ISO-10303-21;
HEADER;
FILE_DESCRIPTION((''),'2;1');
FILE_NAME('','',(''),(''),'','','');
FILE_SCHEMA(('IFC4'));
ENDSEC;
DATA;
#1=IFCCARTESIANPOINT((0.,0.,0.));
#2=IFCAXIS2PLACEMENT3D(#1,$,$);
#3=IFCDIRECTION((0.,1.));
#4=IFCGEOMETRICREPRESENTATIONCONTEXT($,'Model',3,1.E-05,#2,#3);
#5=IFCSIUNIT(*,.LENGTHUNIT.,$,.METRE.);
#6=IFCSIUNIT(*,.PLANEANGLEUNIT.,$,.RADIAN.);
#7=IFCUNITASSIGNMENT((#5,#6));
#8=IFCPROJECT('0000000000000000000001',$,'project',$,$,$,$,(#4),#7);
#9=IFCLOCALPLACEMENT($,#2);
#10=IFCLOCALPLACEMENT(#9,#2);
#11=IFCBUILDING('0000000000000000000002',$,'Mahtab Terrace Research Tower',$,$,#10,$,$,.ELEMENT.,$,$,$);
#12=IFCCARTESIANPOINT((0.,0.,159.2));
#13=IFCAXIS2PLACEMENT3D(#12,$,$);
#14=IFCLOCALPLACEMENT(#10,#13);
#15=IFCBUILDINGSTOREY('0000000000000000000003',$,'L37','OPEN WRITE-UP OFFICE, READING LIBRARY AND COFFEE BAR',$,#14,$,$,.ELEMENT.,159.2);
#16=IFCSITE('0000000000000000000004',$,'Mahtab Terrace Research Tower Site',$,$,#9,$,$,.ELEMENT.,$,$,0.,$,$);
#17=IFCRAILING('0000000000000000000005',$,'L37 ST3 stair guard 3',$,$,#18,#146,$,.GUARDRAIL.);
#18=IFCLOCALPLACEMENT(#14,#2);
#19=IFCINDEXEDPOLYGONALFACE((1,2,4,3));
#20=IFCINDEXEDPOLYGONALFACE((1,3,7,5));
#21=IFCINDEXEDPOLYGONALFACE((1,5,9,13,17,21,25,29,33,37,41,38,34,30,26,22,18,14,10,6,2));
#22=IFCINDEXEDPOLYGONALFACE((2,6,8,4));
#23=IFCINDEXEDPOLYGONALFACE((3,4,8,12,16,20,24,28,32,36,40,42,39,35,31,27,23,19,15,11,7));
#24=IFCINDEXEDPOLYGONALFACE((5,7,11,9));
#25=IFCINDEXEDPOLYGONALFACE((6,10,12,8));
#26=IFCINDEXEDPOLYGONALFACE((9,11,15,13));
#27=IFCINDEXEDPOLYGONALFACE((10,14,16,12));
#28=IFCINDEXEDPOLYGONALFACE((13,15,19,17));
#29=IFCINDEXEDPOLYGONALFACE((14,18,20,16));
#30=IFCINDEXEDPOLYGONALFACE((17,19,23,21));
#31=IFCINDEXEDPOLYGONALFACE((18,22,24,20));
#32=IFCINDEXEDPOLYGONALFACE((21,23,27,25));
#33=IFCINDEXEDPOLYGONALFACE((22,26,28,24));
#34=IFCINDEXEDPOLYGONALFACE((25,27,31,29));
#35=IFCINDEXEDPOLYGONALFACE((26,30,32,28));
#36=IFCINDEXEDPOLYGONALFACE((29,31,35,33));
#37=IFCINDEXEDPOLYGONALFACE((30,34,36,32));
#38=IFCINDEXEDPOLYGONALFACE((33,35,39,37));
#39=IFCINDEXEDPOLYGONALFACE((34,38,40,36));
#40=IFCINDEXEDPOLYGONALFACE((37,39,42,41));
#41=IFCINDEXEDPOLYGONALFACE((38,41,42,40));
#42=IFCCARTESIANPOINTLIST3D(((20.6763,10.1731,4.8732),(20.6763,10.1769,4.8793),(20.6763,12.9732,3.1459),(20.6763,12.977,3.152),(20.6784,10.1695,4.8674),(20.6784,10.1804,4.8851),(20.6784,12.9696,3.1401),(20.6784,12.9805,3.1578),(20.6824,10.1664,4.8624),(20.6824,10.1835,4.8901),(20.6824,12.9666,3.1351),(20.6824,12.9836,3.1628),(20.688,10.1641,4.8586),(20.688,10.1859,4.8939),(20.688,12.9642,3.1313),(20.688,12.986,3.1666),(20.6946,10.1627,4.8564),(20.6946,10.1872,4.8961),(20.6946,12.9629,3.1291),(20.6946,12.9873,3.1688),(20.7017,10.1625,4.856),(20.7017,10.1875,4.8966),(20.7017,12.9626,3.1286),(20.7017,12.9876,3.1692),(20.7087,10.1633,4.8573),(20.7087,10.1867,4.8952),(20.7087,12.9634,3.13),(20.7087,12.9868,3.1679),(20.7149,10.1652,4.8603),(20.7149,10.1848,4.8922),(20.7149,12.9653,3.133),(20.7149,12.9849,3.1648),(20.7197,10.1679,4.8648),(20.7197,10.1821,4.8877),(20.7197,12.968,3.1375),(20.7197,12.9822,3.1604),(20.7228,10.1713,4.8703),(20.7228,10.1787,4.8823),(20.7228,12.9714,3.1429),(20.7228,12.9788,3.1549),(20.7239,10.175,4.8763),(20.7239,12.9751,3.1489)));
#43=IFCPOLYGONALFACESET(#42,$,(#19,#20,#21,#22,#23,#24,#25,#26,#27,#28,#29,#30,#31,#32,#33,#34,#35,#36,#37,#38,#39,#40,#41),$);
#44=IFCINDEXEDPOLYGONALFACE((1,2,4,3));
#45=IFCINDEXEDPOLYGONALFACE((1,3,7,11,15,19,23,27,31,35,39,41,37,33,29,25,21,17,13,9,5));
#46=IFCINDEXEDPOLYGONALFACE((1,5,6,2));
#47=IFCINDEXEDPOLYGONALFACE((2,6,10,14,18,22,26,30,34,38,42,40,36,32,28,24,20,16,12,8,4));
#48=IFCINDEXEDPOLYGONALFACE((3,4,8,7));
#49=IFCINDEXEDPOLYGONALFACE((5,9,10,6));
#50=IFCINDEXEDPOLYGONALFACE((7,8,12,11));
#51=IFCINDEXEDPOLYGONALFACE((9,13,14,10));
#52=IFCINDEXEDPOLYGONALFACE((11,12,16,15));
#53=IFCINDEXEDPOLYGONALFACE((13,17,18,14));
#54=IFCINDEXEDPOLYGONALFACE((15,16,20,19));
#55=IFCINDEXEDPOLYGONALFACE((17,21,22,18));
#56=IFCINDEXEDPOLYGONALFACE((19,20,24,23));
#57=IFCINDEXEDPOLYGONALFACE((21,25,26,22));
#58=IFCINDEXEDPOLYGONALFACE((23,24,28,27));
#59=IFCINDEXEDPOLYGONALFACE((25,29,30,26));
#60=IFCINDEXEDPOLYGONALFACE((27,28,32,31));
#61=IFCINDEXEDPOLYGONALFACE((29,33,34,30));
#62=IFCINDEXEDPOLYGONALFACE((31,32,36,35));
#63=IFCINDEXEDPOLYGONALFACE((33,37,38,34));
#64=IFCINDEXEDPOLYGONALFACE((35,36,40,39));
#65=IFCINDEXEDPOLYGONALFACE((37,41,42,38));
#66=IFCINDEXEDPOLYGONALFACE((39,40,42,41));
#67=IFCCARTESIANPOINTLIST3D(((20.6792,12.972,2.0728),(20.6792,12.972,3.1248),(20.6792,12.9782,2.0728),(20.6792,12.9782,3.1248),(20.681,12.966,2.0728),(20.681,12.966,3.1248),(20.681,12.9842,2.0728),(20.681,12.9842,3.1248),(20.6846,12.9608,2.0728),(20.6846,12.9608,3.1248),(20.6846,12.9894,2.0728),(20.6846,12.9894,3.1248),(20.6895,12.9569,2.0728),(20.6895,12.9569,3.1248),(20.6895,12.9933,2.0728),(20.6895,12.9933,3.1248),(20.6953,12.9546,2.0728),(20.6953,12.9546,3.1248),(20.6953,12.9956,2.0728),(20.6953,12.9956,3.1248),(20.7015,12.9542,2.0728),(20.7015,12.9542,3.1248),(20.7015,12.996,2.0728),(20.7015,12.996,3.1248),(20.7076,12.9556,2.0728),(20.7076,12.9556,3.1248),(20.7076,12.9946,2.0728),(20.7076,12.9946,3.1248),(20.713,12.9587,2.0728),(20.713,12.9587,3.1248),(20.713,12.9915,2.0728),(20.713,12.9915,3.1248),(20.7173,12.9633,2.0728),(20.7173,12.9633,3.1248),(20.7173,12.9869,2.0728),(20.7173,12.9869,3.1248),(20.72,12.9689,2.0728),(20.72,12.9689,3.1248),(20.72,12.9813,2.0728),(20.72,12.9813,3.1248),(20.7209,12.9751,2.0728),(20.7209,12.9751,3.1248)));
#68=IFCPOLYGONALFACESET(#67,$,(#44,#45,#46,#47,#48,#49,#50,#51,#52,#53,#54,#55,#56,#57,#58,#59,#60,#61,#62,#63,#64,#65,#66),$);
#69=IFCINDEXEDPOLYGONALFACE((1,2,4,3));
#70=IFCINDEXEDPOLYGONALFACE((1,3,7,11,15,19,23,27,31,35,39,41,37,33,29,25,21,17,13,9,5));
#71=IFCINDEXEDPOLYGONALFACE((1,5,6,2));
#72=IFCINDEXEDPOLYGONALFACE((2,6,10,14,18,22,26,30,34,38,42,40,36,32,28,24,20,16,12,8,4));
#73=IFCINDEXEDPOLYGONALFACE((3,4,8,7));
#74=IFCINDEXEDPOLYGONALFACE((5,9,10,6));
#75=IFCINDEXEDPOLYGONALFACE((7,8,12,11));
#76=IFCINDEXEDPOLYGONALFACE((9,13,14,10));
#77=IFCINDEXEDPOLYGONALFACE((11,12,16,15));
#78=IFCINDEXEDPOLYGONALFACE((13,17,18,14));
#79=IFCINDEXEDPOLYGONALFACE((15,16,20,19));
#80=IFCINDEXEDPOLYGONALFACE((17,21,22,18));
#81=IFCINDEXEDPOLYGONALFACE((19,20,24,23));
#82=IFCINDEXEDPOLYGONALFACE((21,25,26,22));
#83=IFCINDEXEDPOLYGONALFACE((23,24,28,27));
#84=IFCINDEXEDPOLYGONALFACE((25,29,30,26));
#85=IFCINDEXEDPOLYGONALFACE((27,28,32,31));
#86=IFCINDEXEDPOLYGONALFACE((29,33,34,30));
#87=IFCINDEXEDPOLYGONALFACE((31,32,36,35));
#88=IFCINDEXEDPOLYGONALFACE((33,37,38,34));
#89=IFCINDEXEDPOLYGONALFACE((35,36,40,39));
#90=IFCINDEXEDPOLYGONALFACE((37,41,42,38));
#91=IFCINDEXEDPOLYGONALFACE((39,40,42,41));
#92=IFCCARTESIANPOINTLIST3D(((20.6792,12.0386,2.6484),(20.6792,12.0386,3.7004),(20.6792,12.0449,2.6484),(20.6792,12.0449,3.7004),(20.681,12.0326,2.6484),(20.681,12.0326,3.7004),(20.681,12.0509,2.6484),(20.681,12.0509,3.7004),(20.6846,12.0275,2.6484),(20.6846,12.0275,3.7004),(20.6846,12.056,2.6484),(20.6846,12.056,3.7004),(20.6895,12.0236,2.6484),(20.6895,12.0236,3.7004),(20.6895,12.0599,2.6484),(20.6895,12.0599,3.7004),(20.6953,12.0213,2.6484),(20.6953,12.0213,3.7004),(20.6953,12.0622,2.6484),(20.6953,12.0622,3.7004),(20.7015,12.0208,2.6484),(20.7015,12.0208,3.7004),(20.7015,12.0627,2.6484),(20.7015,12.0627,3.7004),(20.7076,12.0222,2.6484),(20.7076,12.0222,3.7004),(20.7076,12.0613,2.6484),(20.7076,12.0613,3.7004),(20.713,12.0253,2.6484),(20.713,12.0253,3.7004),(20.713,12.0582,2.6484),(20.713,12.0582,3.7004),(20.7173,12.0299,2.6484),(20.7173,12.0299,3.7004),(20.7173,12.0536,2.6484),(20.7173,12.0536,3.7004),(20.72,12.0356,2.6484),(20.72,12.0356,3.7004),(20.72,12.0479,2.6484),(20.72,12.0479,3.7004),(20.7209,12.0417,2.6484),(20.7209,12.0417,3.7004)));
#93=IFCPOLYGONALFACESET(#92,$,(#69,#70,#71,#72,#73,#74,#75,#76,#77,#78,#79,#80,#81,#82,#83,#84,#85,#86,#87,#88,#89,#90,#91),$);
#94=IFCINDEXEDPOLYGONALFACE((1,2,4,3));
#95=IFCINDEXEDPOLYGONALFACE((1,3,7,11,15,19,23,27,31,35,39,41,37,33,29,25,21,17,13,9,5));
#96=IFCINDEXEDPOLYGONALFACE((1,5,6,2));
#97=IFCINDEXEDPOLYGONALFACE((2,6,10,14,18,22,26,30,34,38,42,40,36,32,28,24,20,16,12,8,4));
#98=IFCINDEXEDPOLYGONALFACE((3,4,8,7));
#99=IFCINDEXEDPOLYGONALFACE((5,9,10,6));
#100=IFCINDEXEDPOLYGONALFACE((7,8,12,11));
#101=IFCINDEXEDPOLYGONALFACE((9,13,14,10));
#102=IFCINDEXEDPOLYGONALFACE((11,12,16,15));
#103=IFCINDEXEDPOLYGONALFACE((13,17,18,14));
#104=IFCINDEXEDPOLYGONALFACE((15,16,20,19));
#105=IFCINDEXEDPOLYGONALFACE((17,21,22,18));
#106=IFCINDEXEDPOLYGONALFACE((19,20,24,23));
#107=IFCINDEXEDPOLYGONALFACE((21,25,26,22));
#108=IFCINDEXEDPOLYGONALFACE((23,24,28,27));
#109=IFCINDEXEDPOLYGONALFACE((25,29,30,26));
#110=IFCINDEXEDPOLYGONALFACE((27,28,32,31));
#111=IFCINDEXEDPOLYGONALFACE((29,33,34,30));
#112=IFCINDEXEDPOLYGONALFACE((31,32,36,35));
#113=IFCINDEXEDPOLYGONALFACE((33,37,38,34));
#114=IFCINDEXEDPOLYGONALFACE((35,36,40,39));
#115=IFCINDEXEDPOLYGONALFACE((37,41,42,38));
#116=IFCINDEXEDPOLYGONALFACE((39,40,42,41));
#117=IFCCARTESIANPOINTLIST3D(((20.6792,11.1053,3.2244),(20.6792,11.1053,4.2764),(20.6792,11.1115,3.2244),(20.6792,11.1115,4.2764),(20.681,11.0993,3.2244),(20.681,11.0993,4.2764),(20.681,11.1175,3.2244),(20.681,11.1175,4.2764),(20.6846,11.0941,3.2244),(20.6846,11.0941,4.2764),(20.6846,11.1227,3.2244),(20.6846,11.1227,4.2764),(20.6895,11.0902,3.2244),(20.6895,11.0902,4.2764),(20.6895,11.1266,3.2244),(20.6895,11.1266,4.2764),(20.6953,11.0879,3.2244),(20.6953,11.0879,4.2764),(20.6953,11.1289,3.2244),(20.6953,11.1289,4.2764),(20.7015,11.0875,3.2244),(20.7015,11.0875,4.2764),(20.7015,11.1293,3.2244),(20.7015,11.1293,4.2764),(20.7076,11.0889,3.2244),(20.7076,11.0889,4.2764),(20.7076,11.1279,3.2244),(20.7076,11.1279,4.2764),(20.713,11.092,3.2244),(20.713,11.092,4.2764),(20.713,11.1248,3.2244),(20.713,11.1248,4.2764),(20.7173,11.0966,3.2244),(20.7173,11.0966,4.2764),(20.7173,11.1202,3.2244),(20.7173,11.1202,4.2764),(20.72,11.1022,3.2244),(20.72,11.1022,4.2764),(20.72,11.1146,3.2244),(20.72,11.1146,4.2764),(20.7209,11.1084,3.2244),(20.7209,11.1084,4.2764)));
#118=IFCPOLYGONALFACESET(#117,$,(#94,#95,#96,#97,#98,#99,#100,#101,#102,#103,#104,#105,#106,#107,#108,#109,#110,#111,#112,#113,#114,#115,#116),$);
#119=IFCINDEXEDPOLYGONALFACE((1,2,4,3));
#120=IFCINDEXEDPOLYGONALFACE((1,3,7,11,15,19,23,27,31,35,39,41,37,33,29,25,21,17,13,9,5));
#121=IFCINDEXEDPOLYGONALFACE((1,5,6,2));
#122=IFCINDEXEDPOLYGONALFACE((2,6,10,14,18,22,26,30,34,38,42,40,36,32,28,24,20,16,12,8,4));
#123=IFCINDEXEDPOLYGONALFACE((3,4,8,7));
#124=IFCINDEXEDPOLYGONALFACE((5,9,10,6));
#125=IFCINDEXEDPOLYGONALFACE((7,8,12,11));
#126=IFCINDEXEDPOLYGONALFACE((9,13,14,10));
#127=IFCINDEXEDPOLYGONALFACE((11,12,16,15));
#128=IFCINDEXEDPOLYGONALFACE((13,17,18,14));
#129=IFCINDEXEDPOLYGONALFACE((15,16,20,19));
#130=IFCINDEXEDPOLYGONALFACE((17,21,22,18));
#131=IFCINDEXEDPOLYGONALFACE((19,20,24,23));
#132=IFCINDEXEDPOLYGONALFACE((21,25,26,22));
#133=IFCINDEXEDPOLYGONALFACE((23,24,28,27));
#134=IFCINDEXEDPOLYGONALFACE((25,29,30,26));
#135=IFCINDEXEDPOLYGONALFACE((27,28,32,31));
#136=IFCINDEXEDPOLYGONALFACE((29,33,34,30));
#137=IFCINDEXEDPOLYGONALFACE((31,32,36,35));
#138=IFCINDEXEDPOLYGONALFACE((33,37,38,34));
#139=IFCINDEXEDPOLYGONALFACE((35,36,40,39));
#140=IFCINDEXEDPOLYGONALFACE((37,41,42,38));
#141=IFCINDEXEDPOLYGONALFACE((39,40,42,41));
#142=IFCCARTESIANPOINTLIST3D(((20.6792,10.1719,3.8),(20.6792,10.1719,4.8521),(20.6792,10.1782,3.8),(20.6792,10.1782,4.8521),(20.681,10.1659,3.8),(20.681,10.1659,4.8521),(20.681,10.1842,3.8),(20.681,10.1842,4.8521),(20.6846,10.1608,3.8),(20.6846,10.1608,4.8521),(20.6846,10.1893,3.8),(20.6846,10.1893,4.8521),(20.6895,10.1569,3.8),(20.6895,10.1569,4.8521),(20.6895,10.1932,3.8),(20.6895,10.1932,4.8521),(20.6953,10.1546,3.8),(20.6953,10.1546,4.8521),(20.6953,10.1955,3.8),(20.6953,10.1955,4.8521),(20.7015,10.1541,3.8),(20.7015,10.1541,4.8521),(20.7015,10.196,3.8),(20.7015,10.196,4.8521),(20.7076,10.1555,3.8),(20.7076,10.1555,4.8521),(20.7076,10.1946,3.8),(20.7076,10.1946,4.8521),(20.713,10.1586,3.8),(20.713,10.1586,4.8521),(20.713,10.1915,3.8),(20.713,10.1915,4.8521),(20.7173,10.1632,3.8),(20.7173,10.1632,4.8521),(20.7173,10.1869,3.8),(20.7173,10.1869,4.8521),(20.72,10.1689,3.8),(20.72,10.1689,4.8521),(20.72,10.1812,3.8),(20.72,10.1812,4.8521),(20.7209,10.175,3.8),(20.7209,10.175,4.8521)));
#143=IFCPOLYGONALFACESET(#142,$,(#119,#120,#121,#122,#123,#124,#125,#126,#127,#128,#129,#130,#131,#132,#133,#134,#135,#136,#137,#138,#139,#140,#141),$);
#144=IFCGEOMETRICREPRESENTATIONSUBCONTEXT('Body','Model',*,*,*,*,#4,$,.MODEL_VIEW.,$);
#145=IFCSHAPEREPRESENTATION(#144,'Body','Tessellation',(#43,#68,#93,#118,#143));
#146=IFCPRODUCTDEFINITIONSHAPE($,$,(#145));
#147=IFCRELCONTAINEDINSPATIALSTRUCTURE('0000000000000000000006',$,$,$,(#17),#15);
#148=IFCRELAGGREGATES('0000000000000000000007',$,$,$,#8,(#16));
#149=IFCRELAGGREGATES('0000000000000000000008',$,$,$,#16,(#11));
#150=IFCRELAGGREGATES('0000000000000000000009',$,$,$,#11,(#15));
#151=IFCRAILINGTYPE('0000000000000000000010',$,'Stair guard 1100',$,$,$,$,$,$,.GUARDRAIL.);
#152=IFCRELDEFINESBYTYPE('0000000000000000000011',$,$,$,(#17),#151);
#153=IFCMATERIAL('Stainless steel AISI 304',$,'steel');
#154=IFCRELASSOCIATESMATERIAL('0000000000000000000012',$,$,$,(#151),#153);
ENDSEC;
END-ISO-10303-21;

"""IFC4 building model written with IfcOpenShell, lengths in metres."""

from ifc_helpers import new_model, si_unit, direction, frame, origin, origin_2d, place, context, subcontext, project, spatial, circle, extrude, material, type_object, element, save


model = new_model("IFC4")

# Units and contexts
model_context = context("Model", 3, precision=1e-05, world=origin(), true_north=direction((0.0, 1.0)))
body_context = subcontext(model_context, "Body", "Model", "MODEL_VIEW")
ifc_project = project(units=[si_unit("LENGTHUNIT", "METRE"), si_unit("PLANEANGLEUNIT", "RADIAN")], contexts=[model_context])

# Site, building, storey
site_placement = place(None, origin())
site = spatial("IfcSite", under=ifc_project, at=site_placement, Name="Mahtab Terrace Research Tower Site", CompositionType="ELEMENT", RefElevation=0.0)
building_placement = place(site_placement, origin())
building = spatial("IfcBuilding", under=site, at=building_placement, Name="Mahtab Terrace Research Tower", CompositionType="ELEMENT")
storey_placement = place(building_placement, frame((0.0, 0.0, 159.2)))
storey = spatial("IfcBuildingStorey", under=building, at=storey_placement, Name="L37", Description="OPEN WRITE-UP OFFICE, READING LIBRARY AND COFFEE BAR", CompositionType="ELEMENT", Elevation=159.2)

# Railing
ifc_material_1 = material(Name="Stainless steel AISI 304", Category="steel")
railing_type_1 = type_object("IfcRailingType", Name="Stair guard 1100", PredefinedType="GUARDRAIL", material=ifc_material_1)
railing_1_placement = place(storey_placement, frame((20.7, 12.9751, 2.0728)))
element("IfcRailing", 1, at=railing_1_placement, inside=storey, type_object=railing_type_1, Name="L37 ST3 stair guard 3", PredefinedType="GUARDRAIL", context=body_context, shape_type="SweptSolid", body=[
    extrude(circle(Radius=0.0239, at=origin_2d()), frame((0.0, 0.0, 1.0762), z_axis=(0.0, -0.85109, 0.52502), x_axis=(1.0, 0.0, 0.0)), (0.0, 0.0, 1.0), 3.29),
    extrude(circle(Radius=0.021, at=origin_2d()), origin(), (0.0, 0.0, 1.0), 1.052),
    extrude(circle(Radius=0.021, at=origin_2d()), frame((0.0, -0.9333, 0.5757)), (0.0, 0.0, 1.0), 1.052),
    extrude(circle(Radius=0.021, at=origin_2d()), frame((0.0, -1.8667, 1.1516)), (0.0, 0.0, 1.0), 1.052),
    extrude(circle(Radius=0.021, at=origin_2d()), frame((0.0, -2.8, 1.7273)), (0.0, 0.0, 1.0), 1.052),
])

save(model, "model.ifc")
